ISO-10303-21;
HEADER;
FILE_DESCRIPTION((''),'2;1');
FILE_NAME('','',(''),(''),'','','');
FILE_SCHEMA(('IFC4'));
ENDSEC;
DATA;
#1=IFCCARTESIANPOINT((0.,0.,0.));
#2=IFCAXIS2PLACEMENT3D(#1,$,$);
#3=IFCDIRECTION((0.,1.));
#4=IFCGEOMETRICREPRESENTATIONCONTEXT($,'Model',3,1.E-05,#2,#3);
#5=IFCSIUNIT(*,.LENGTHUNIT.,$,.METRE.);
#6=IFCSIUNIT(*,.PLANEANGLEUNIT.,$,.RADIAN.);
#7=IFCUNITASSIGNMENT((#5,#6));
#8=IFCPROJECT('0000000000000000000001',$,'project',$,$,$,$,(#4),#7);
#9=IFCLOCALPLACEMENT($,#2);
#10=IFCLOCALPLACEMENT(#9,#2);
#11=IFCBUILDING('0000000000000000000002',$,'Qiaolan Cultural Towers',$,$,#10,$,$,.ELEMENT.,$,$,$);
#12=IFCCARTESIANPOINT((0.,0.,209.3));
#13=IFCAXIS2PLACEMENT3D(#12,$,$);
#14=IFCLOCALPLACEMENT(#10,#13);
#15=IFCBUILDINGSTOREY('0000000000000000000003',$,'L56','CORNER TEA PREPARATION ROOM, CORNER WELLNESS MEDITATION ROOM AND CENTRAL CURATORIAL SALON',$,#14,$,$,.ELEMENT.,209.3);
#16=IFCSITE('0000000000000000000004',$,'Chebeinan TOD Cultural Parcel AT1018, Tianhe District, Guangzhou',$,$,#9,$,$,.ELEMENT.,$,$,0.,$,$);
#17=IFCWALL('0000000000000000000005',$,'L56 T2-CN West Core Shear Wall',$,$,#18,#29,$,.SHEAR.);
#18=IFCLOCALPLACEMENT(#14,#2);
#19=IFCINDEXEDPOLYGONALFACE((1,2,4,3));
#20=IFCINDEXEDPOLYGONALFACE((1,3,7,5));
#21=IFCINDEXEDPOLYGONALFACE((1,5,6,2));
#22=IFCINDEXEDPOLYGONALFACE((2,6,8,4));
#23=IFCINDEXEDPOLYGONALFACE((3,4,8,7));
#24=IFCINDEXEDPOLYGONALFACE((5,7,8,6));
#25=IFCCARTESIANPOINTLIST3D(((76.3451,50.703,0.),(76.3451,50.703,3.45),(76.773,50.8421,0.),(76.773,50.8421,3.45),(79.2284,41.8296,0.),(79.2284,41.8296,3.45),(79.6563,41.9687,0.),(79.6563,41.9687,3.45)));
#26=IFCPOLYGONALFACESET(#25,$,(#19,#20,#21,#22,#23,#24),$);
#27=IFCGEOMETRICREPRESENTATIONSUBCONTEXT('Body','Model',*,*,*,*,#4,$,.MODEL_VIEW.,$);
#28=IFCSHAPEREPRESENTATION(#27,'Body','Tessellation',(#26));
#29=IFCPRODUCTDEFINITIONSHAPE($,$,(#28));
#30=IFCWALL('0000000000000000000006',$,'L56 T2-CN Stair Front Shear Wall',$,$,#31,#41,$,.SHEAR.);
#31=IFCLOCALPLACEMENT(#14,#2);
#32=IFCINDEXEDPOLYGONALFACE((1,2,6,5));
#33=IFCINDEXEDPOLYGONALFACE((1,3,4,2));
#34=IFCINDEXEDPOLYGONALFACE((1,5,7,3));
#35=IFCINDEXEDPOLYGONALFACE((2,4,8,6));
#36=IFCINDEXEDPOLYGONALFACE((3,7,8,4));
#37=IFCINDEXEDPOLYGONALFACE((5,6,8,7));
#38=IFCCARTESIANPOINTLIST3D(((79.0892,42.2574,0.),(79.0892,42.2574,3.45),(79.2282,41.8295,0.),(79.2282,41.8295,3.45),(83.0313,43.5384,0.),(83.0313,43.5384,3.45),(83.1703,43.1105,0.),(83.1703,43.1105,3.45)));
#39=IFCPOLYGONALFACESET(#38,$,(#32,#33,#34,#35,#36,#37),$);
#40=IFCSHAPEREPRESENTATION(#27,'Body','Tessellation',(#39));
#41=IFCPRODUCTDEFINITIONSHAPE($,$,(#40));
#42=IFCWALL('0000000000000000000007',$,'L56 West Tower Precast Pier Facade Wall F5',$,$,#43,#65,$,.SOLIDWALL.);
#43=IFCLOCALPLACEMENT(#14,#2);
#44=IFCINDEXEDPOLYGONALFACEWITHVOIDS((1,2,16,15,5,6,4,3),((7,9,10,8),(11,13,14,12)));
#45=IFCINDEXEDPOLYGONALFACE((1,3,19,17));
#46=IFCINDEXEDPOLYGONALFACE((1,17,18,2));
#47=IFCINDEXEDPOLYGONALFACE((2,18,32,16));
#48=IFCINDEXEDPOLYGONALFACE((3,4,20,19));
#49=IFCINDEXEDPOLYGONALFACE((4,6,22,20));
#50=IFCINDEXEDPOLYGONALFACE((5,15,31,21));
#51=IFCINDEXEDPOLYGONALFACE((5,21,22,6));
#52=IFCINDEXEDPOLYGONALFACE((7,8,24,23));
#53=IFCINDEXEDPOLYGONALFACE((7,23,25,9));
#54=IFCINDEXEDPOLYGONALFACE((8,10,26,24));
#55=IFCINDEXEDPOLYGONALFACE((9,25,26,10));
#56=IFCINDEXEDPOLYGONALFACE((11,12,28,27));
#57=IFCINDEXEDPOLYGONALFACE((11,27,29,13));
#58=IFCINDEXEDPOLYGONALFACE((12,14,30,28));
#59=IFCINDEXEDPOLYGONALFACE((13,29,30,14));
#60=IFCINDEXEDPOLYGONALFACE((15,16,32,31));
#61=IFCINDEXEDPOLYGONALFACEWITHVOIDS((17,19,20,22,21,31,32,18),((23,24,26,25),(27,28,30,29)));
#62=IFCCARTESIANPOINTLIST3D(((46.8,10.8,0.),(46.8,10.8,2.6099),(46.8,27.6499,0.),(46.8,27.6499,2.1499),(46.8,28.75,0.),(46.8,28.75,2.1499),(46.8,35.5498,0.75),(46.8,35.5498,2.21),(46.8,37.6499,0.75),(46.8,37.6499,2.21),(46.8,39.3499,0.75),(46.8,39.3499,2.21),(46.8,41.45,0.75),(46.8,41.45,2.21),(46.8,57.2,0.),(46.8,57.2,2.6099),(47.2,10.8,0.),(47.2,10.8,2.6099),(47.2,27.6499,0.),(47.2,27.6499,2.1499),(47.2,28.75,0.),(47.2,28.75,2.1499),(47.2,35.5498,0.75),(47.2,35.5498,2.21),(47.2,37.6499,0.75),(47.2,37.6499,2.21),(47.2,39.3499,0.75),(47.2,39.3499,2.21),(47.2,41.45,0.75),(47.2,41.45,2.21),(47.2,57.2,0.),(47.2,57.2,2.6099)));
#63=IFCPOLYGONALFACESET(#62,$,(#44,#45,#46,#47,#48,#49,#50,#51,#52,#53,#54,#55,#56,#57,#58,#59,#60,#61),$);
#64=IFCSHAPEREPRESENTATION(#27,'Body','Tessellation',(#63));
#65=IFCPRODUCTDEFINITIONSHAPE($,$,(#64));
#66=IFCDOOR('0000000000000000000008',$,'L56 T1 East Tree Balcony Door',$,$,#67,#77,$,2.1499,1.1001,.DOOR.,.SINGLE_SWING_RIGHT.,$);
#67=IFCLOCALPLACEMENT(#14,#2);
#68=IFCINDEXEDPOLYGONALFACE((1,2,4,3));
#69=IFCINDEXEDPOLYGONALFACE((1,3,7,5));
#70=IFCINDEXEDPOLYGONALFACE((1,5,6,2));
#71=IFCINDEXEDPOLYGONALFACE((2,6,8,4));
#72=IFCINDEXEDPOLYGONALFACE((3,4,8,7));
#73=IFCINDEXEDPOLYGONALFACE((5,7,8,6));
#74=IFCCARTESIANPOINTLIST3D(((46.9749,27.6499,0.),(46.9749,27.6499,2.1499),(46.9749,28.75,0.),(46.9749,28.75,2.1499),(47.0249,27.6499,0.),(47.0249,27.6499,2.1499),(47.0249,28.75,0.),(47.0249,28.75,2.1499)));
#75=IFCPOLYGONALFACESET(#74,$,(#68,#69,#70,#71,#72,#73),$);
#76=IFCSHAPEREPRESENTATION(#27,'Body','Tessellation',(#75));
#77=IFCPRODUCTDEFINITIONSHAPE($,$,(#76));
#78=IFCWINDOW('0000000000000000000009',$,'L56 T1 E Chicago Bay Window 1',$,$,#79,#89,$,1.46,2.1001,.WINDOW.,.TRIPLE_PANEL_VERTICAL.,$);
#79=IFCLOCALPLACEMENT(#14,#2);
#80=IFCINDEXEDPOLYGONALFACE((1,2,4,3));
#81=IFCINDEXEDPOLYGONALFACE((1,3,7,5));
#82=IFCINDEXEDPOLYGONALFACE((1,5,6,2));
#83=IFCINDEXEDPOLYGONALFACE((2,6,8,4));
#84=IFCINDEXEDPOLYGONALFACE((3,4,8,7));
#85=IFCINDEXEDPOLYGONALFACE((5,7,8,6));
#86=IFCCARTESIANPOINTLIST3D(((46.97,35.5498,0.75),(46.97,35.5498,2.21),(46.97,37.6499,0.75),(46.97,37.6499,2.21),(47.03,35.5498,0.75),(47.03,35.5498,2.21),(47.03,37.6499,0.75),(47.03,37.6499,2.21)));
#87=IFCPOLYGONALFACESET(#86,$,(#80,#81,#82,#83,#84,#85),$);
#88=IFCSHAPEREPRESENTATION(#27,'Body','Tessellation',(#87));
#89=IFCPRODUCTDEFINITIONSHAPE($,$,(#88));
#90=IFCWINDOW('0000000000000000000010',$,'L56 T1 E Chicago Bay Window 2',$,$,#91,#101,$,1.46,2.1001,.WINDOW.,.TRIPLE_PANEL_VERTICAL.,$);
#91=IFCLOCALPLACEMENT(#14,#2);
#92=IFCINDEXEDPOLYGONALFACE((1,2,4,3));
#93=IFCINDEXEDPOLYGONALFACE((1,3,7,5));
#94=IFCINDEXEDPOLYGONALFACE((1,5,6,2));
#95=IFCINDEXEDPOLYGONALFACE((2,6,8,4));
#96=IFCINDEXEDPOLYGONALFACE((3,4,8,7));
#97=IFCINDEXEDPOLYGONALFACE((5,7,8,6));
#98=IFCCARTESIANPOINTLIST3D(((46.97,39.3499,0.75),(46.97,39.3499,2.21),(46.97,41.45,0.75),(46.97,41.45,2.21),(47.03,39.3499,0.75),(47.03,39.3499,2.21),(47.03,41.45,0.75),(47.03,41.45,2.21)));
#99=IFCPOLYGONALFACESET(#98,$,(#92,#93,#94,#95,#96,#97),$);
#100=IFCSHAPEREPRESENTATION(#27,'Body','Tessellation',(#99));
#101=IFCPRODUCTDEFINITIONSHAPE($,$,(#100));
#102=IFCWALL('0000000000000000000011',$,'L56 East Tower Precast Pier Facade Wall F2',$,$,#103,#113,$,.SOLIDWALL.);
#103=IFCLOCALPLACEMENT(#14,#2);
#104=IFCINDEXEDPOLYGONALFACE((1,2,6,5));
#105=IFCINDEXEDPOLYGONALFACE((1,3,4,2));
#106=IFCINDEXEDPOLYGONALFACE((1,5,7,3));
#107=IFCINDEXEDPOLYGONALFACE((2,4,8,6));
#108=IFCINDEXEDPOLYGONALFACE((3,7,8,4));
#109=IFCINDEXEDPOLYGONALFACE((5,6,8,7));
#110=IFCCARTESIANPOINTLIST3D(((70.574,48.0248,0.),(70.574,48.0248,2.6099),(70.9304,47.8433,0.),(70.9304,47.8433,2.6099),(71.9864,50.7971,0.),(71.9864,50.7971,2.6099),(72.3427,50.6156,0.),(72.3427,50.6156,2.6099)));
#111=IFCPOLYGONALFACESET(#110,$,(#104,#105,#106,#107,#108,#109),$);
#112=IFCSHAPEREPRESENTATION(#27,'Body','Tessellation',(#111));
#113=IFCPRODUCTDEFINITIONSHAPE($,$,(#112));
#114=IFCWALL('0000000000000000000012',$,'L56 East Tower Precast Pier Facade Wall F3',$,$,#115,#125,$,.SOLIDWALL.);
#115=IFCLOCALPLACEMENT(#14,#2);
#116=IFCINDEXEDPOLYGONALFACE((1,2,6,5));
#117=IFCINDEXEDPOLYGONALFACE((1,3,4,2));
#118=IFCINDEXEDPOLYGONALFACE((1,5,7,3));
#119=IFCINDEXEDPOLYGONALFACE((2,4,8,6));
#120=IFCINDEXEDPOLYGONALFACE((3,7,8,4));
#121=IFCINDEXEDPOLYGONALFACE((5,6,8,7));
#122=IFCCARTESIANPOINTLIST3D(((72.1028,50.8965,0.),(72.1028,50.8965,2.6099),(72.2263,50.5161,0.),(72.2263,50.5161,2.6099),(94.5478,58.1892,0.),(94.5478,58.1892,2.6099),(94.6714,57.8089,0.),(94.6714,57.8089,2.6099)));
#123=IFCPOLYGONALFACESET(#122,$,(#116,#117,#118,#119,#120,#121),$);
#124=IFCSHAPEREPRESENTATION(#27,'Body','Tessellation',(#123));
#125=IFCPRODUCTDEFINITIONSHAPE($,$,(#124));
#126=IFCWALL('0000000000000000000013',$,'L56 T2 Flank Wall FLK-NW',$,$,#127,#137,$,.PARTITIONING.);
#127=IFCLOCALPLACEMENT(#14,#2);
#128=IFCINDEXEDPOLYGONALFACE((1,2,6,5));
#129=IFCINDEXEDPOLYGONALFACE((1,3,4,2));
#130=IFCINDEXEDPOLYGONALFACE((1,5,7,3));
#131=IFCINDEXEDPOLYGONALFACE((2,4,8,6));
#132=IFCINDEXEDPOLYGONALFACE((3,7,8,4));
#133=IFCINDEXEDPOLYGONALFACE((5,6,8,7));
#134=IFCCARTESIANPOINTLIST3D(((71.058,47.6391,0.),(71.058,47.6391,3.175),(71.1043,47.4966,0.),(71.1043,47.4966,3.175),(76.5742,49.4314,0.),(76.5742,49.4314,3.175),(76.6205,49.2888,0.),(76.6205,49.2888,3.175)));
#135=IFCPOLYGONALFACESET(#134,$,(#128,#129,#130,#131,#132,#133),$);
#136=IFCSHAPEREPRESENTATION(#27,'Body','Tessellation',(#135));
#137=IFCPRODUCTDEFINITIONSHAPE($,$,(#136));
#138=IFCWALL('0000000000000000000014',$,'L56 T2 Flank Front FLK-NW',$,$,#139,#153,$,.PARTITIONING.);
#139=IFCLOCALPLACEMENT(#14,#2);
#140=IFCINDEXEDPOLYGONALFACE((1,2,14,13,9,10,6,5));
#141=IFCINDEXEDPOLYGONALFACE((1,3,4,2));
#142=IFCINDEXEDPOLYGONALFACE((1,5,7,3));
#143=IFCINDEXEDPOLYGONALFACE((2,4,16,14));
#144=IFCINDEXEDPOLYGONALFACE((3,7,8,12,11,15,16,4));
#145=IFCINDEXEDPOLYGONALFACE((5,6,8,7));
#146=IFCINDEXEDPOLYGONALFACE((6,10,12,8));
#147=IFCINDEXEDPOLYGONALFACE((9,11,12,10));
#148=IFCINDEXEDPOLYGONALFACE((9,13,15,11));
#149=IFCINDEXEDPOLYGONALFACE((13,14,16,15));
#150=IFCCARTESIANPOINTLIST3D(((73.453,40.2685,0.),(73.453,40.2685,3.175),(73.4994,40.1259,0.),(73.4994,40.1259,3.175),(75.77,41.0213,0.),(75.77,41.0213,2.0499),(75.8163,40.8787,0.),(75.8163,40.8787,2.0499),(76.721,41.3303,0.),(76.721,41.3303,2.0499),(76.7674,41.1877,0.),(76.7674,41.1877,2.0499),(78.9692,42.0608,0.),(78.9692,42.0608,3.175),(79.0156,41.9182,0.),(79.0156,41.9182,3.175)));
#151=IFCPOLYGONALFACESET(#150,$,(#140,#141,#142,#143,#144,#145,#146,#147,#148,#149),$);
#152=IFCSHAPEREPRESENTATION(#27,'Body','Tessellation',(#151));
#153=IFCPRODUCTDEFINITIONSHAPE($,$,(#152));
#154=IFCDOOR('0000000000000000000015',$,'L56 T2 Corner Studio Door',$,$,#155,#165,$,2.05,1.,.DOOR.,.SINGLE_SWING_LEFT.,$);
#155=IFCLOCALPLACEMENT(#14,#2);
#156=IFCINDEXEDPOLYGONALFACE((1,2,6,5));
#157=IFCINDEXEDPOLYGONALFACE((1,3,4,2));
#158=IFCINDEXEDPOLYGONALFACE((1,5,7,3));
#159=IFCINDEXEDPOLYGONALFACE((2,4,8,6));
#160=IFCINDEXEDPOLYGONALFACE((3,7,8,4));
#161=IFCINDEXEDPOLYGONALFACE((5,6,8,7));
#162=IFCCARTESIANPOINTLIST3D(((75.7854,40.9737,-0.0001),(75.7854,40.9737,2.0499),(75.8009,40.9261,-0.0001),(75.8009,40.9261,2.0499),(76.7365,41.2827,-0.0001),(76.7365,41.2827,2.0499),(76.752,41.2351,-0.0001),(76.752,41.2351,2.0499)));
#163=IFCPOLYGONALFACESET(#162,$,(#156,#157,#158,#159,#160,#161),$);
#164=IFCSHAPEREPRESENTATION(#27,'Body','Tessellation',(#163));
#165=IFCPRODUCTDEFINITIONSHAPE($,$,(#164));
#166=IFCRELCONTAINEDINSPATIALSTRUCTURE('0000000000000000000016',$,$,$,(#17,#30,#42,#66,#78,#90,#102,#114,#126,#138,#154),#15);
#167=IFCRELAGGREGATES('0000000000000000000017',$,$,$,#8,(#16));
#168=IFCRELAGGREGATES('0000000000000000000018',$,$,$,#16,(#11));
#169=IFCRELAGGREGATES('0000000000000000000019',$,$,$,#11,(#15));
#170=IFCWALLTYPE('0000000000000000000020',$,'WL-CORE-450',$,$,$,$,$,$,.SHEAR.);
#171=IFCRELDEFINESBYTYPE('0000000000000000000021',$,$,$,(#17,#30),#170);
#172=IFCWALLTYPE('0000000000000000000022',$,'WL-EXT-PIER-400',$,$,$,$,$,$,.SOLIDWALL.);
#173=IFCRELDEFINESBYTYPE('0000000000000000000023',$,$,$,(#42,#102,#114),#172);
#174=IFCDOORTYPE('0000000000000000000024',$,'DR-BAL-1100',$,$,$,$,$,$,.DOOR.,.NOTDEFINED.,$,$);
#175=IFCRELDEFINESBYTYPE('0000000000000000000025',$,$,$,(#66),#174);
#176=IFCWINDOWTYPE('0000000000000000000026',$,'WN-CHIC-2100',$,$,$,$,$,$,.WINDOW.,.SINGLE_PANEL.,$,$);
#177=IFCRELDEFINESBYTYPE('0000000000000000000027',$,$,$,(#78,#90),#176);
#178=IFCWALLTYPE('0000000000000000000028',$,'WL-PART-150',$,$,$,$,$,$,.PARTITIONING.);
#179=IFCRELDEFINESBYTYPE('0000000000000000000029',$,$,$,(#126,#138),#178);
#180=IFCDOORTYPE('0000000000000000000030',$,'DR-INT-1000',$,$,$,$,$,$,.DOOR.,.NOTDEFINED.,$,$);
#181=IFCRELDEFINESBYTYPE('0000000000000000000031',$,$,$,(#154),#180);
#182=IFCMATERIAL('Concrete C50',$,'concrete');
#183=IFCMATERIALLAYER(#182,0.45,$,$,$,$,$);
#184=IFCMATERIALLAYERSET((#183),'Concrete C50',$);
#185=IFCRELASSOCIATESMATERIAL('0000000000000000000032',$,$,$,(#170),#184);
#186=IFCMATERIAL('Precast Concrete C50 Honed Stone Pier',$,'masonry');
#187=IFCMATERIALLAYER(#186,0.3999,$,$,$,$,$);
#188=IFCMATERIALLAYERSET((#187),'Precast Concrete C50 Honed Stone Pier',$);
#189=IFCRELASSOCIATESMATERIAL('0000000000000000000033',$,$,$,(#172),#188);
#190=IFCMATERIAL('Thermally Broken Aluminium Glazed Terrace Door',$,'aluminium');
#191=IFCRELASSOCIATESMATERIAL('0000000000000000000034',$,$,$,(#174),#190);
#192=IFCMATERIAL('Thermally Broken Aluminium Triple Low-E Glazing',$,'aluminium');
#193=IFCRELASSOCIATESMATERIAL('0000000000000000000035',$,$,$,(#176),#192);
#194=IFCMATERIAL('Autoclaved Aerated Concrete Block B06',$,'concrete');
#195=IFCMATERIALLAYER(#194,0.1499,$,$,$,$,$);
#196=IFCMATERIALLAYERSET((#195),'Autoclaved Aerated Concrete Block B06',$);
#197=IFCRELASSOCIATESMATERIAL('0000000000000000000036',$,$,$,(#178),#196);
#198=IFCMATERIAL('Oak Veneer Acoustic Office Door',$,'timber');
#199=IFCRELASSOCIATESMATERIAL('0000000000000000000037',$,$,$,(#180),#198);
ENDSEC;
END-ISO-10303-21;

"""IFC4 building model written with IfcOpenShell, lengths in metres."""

from ifc_helpers import new_model, si_unit, direction, frame, frame_2d, origin, place, context, subcontext, project, spatial, rectangle, extrude, material, layer, layer_set, type_object, element, fill, save


model = new_model("IFC4")

# Units and contexts
model_context = context("Model", 3, precision=1e-05, world=origin(), true_north=direction((0.0, 1.0)))
body_context = subcontext(model_context, "Body", "Model", "MODEL_VIEW")
ifc_project = project(units=[si_unit("LENGTHUNIT", "METRE"), si_unit("PLANEANGLEUNIT", "RADIAN")], contexts=[model_context])

# Site, building, storey
site_placement = place(None, origin())
site = spatial("IfcSite", under=ifc_project, at=site_placement, Name="Chebeinan TOD Cultural Parcel AT1018, Tianhe District, Guangzhou", CompositionType="ELEMENT", RefElevation=0.0)
building_placement = place(site_placement, origin())
building = spatial("IfcBuilding", under=site, at=building_placement, Name="Qiaolan Cultural Towers", CompositionType="ELEMENT")
storey_placement = place(building_placement, frame((0.0, 0.0, 209.3)))
storey = spatial("IfcBuildingStorey", under=building, at=storey_placement, Name="L56", Description="CORNER TEA PREPARATION ROOM, CORNER WELLNESS MEDITATION ROOM AND CENTRAL CURATORIAL SALON", CompositionType="ELEMENT", Elevation=209.3)

# Walls
ifc_material_1 = material(Name="Concrete C50", Category="concrete")
ifc_layer_1 = layer(ifc_material_1, 0.45)
ifc_layer_set_1 = layer_set([ifc_layer_1], Name="Concrete C50")
wall_type_1 = type_object("IfcWallType", Name="WL-CORE-450", PredefinedType="SHEAR", material=ifc_layer_set_1)
wall_1_placement = place(storey_placement, frame((79.4424, 41.8992, 0.0), z_axis=(0.0, 0.0, 1.0), x_axis=(-0.309036, 0.95105, 0.0)))
element("IfcWall", 1, at=wall_1_placement, inside=storey, type_object=wall_type_1, Name="L56 T2-CN West Core Shear Wall", PredefinedType="SHEAR", context=body_context, shape_type="SweptSolid", body=[
    extrude(rectangle(XDim=9.3301, YDim=0.45, at=frame_2d((4.665, 0.0))), origin(), (0.0, 0.0, 1.0), 3.45),
])
wall_2_placement = place(storey_placement, frame((79.1587, 42.0435, 0.0), z_axis=(0.0, 0.0, 1.0), x_axis=(0.951047, 0.309045, 0.0)))
element("IfcWall", 2, at=wall_2_placement, inside=storey, type_object=wall_type_1, Name="L56 T2-CN Stair Front Shear Wall", PredefinedType="SHEAR", context=body_context, shape_type="SweptSolid", body=[
    extrude(rectangle(XDim=4.145, YDim=0.45, at=frame_2d((2.0725, 0.0))), origin(), (0.0, 0.0, 1.0), 3.45),
])

# Wall, openings, door, windows
ifc_material_2 = material(Name="Precast Concrete C50 Honed Stone Pier", Category="masonry")
ifc_layer_2 = layer(ifc_material_2, 0.3999)
ifc_layer_set_2 = layer_set([ifc_layer_2], Name="Precast Concrete C50 Honed Stone Pier")
wall_type_2 = type_object("IfcWallType", Name="WL-EXT-PIER-400", PredefinedType="SOLIDWALL", material=ifc_layer_set_2)
wall_3_placement = place(storey_placement, frame((47.0, 57.2, 0.0), z_axis=(0.0, 0.0, 1.0), x_axis=(0.0, -1.0, 0.0)))
wall_3 = element("IfcWall", 3, at=wall_3_placement, inside=storey, type_object=wall_type_2, Name="L56 West Tower Precast Pier Facade Wall F5", PredefinedType="SOLIDWALL", context=body_context, shape_type="SweptSolid", body=[
    extrude(rectangle(XDim=46.3999, YDim=0.3999, at=frame_2d((23.2, 0.0))), origin(), (0.0, 0.0, 1.0), 2.6099),
])
opening_1_placement = place(wall_3_placement, frame((19.55, 0.0, 0.75)))
opening_1 = element("IfcOpeningElement", 4, at=opening_1_placement, cuts=wall_3, PredefinedType="OPENING", context=body_context, shape_type="SweptSolid", body=[
    extrude(rectangle(XDim=2.1001, YDim=1.46, at=frame_2d((1.05, 0.73))), frame((0.0, 0.21, 0.0), z_axis=(0.0, -1.0, 0.0), x_axis=(1.0, 0.0, 0.0)), (0.0, 0.0, 1.0), 0.4199),
])
opening_2_placement = place(wall_3_placement, frame((15.75, 0.0, 0.75)))
opening_2 = element("IfcOpeningElement", 5, at=opening_2_placement, cuts=wall_3, PredefinedType="OPENING", context=body_context, shape_type="SweptSolid", body=[
    extrude(rectangle(XDim=2.1001, YDim=1.46, at=frame_2d((1.05, 0.73))), frame((0.0, 0.21, 0.0), z_axis=(0.0, -1.0, 0.0), x_axis=(1.0, 0.0, 0.0)), (0.0, 0.0, 1.0), 0.4199),
])
opening_3_placement = place(wall_3_placement, frame((28.45, 0.0, 0.0)))
opening_3 = element("IfcOpeningElement", 6, at=opening_3_placement, cuts=wall_3, PredefinedType="OPENING", context=body_context, shape_type="SweptSolid", body=[
    extrude(rectangle(XDim=1.1001, YDim=2.1499, at=frame_2d((0.55, 1.075))), frame((0.0, 0.21, 0.0), z_axis=(0.0, -1.0, 0.0), x_axis=(1.0, 0.0, 0.0)), (0.0, 0.0, 1.0), 0.4199),
])
ifc_material_3 = material(Name="Thermally Broken Aluminium Glazed Terrace Door", Category="aluminium")
door_type_1 = type_object("IfcDoorType", Name="DR-BAL-1100", OperationType="NOTDEFINED", PredefinedType="DOOR", material=ifc_material_3)
door_1_placement = place(opening_3_placement, origin())
door_1 = element("IfcDoor", 7, at=door_1_placement, inside=storey, type_object=door_type_1, Name="L56 T1 East Tree Balcony Door", OperationType="SINGLE_SWING_RIGHT", OverallHeight=2.1499, OverallWidth=1.1001, PredefinedType="DOOR", context=body_context, shape_type="SweptSolid", body=[
    extrude(rectangle(XDim=1.1001, YDim=2.1499, at=frame_2d((0.55, 1.075))), frame((0.0, 0.0249, 0.0), z_axis=(0.0, -1.0, 0.0), x_axis=(1.0, 0.0, 0.0)), (0.0, 0.0, 1.0), 0.05),
])
fill(opening_3, door_1)
ifc_material_4 = material(Name="Thermally Broken Aluminium Triple Low-E Glazing", Category="aluminium")
window_type = type_object("IfcWindowType", Name="WN-CHIC-2100", PartitioningType="SINGLE_PANEL", PredefinedType="WINDOW", material=ifc_material_4)
window_1_placement = place(opening_1_placement, origin())
window_1 = element("IfcWindow", 8, at=window_1_placement, inside=storey, type_object=window_type, Name="L56 T1 E Chicago Bay Window 1", OverallHeight=1.46, OverallWidth=2.1001, PartitioningType="TRIPLE_PANEL_VERTICAL", PredefinedType="WINDOW", context=body_context, shape_type="SweptSolid", body=[
    extrude(rectangle(XDim=2.1001, YDim=1.46, at=frame_2d((1.05, 0.73))), frame((0.0, 0.03, 0.0), z_axis=(0.0, -1.0, 0.0), x_axis=(1.0, 0.0, 0.0)), (0.0, 0.0, 1.0), 0.0601),
])
fill(opening_1, window_1)
window_2_placement = place(opening_2_placement, origin())
window_2 = element("IfcWindow", 9, at=window_2_placement, inside=storey, type_object=window_type, Name="L56 T1 E Chicago Bay Window 2", OverallHeight=1.46, OverallWidth=2.1001, PartitioningType="TRIPLE_PANEL_VERTICAL", PredefinedType="WINDOW", context=body_context, shape_type="SweptSolid", body=[
    extrude(rectangle(XDim=2.1001, YDim=1.46, at=frame_2d((1.05, 0.73))), frame((0.0, 0.03, 0.0), z_axis=(0.0, -1.0, 0.0), x_axis=(1.0, 0.0, 0.0)), (0.0, 0.0, 1.0), 0.0601),
])
fill(opening_2, window_2)

# Walls
wall_4_placement = place(storey_placement, frame((70.7522, 47.9341, 0.0), z_axis=(0.0, 0.0, 1.0), x_axis=(0.453949, 0.891028, 0.0)))
element("IfcWall", 10, at=wall_4_placement, inside=storey, type_object=wall_type_2, Name="L56 East Tower Precast Pier Facade Wall F2", PredefinedType="SOLIDWALL", context=body_context, shape_type="SweptSolid", body=[
    extrude(rectangle(XDim=3.1113, YDim=0.3999, at=frame_2d((1.5557, 0.0))), origin(), (0.0, 0.0, 1.0), 2.6099),
])
wall_5_placement = place(storey_placement, frame((72.1646, 50.7063, 0.0), z_axis=(0.0, 0.0, 1.0), x_axis=(0.951058, 0.309012, 0.0)))
element("IfcWall", 11, at=wall_5_placement, inside=storey, type_object=wall_type_2, Name="L56 East Tower Precast Pier Facade Wall F3", PredefinedType="SOLIDWALL", context=body_context, shape_type="SweptSolid", body=[
    extrude(rectangle(XDim=23.6001, YDim=0.3999, at=frame_2d((11.8, 0.0))), origin(), (0.0, 0.0, 1.0), 2.6099),
])
ifc_material_5 = material(Name="Autoclaved Aerated Concrete Block B06", Category="concrete")
ifc_layer_3 = layer(ifc_material_5, 0.1499)
ifc_layer_set_3 = layer_set([ifc_layer_3], Name="Autoclaved Aerated Concrete Block B06")
wall_type_3 = type_object("IfcWallType", Name="WL-PART-150", PredefinedType="PARTITIONING", material=ifc_layer_set_3)
wall_6_placement = place(storey_placement, frame((71.0813, 47.5679, 0.0), z_axis=(0.0, 0.0, 1.0), x_axis=(0.951059, 0.309008, 0.0)))
element("IfcWall", 12, at=wall_6_placement, inside=storey, type_object=wall_type_3, Name="L56 T2 Flank Wall FLK-NW", PredefinedType="PARTITIONING", context=body_context, shape_type="SweptSolid", body=[
    extrude(rectangle(XDim=5.8, YDim=0.1499, at=frame_2d((2.8999, 0.0))), origin(), (0.0, 0.0, 1.0), 3.175),
])

# Wall, opening, door
wall_7_placement = place(storey_placement, frame((73.4763, 40.1973, 0.0), z_axis=(0.0, 0.0, 1.0), x_axis=(0.951059, 0.309008, 0.0)))
wall_7 = element("IfcWall", 13, at=wall_7_placement, inside=storey, type_object=wall_type_3, Name="L56 T2 Flank Front FLK-NW", PredefinedType="PARTITIONING", context=body_context, shape_type="SweptSolid", body=[
    extrude(rectangle(XDim=5.8, YDim=0.1499, at=frame_2d((2.8999, 0.0))), origin(), (0.0, 0.0, 1.0), 3.175),
])
opening_4_placement = place(wall_7_placement, frame((2.436, 0.0, 0.0)))
opening_4 = element("IfcOpeningElement", 14, at=opening_4_placement, cuts=wall_7, PredefinedType="OPENING", context=body_context, shape_type="SweptSolid", body=[
    extrude(rectangle(XDim=1.0, YDim=2.05, at=frame_2d((0.5, 1.0249))), frame((0.0, 0.085, 0.0), z_axis=(0.0, -1.0, 0.0), x_axis=(1.0, 0.0, 0.0)), (0.0, 0.0, 1.0), 0.1699),
])
ifc_material_6 = material(Name="Oak Veneer Acoustic Office Door", Category="timber")
door_type_2 = type_object("IfcDoorType", Name="DR-INT-1000", OperationType="NOTDEFINED", PredefinedType="DOOR", material=ifc_material_6)
door_2_placement = place(opening_4_placement, origin())
door_2 = element("IfcDoor", 15, at=door_2_placement, inside=storey, type_object=door_type_2, Name="L56 T2 Corner Studio Door", OperationType="SINGLE_SWING_LEFT", OverallHeight=2.05, OverallWidth=1.0, PredefinedType="DOOR", context=body_context, shape_type="SweptSolid", body=[
    extrude(rectangle(XDim=1.0, YDim=2.05, at=frame_2d((0.5, 1.0249))), frame((0.0, 0.0249, 0.0), z_axis=(0.0, -1.0, 0.0), x_axis=(1.0, 0.0, 0.0)), (0.0, 0.0, 1.0), 0.05),
])
fill(opening_4, door_2)

save(model, "model.ifc")
